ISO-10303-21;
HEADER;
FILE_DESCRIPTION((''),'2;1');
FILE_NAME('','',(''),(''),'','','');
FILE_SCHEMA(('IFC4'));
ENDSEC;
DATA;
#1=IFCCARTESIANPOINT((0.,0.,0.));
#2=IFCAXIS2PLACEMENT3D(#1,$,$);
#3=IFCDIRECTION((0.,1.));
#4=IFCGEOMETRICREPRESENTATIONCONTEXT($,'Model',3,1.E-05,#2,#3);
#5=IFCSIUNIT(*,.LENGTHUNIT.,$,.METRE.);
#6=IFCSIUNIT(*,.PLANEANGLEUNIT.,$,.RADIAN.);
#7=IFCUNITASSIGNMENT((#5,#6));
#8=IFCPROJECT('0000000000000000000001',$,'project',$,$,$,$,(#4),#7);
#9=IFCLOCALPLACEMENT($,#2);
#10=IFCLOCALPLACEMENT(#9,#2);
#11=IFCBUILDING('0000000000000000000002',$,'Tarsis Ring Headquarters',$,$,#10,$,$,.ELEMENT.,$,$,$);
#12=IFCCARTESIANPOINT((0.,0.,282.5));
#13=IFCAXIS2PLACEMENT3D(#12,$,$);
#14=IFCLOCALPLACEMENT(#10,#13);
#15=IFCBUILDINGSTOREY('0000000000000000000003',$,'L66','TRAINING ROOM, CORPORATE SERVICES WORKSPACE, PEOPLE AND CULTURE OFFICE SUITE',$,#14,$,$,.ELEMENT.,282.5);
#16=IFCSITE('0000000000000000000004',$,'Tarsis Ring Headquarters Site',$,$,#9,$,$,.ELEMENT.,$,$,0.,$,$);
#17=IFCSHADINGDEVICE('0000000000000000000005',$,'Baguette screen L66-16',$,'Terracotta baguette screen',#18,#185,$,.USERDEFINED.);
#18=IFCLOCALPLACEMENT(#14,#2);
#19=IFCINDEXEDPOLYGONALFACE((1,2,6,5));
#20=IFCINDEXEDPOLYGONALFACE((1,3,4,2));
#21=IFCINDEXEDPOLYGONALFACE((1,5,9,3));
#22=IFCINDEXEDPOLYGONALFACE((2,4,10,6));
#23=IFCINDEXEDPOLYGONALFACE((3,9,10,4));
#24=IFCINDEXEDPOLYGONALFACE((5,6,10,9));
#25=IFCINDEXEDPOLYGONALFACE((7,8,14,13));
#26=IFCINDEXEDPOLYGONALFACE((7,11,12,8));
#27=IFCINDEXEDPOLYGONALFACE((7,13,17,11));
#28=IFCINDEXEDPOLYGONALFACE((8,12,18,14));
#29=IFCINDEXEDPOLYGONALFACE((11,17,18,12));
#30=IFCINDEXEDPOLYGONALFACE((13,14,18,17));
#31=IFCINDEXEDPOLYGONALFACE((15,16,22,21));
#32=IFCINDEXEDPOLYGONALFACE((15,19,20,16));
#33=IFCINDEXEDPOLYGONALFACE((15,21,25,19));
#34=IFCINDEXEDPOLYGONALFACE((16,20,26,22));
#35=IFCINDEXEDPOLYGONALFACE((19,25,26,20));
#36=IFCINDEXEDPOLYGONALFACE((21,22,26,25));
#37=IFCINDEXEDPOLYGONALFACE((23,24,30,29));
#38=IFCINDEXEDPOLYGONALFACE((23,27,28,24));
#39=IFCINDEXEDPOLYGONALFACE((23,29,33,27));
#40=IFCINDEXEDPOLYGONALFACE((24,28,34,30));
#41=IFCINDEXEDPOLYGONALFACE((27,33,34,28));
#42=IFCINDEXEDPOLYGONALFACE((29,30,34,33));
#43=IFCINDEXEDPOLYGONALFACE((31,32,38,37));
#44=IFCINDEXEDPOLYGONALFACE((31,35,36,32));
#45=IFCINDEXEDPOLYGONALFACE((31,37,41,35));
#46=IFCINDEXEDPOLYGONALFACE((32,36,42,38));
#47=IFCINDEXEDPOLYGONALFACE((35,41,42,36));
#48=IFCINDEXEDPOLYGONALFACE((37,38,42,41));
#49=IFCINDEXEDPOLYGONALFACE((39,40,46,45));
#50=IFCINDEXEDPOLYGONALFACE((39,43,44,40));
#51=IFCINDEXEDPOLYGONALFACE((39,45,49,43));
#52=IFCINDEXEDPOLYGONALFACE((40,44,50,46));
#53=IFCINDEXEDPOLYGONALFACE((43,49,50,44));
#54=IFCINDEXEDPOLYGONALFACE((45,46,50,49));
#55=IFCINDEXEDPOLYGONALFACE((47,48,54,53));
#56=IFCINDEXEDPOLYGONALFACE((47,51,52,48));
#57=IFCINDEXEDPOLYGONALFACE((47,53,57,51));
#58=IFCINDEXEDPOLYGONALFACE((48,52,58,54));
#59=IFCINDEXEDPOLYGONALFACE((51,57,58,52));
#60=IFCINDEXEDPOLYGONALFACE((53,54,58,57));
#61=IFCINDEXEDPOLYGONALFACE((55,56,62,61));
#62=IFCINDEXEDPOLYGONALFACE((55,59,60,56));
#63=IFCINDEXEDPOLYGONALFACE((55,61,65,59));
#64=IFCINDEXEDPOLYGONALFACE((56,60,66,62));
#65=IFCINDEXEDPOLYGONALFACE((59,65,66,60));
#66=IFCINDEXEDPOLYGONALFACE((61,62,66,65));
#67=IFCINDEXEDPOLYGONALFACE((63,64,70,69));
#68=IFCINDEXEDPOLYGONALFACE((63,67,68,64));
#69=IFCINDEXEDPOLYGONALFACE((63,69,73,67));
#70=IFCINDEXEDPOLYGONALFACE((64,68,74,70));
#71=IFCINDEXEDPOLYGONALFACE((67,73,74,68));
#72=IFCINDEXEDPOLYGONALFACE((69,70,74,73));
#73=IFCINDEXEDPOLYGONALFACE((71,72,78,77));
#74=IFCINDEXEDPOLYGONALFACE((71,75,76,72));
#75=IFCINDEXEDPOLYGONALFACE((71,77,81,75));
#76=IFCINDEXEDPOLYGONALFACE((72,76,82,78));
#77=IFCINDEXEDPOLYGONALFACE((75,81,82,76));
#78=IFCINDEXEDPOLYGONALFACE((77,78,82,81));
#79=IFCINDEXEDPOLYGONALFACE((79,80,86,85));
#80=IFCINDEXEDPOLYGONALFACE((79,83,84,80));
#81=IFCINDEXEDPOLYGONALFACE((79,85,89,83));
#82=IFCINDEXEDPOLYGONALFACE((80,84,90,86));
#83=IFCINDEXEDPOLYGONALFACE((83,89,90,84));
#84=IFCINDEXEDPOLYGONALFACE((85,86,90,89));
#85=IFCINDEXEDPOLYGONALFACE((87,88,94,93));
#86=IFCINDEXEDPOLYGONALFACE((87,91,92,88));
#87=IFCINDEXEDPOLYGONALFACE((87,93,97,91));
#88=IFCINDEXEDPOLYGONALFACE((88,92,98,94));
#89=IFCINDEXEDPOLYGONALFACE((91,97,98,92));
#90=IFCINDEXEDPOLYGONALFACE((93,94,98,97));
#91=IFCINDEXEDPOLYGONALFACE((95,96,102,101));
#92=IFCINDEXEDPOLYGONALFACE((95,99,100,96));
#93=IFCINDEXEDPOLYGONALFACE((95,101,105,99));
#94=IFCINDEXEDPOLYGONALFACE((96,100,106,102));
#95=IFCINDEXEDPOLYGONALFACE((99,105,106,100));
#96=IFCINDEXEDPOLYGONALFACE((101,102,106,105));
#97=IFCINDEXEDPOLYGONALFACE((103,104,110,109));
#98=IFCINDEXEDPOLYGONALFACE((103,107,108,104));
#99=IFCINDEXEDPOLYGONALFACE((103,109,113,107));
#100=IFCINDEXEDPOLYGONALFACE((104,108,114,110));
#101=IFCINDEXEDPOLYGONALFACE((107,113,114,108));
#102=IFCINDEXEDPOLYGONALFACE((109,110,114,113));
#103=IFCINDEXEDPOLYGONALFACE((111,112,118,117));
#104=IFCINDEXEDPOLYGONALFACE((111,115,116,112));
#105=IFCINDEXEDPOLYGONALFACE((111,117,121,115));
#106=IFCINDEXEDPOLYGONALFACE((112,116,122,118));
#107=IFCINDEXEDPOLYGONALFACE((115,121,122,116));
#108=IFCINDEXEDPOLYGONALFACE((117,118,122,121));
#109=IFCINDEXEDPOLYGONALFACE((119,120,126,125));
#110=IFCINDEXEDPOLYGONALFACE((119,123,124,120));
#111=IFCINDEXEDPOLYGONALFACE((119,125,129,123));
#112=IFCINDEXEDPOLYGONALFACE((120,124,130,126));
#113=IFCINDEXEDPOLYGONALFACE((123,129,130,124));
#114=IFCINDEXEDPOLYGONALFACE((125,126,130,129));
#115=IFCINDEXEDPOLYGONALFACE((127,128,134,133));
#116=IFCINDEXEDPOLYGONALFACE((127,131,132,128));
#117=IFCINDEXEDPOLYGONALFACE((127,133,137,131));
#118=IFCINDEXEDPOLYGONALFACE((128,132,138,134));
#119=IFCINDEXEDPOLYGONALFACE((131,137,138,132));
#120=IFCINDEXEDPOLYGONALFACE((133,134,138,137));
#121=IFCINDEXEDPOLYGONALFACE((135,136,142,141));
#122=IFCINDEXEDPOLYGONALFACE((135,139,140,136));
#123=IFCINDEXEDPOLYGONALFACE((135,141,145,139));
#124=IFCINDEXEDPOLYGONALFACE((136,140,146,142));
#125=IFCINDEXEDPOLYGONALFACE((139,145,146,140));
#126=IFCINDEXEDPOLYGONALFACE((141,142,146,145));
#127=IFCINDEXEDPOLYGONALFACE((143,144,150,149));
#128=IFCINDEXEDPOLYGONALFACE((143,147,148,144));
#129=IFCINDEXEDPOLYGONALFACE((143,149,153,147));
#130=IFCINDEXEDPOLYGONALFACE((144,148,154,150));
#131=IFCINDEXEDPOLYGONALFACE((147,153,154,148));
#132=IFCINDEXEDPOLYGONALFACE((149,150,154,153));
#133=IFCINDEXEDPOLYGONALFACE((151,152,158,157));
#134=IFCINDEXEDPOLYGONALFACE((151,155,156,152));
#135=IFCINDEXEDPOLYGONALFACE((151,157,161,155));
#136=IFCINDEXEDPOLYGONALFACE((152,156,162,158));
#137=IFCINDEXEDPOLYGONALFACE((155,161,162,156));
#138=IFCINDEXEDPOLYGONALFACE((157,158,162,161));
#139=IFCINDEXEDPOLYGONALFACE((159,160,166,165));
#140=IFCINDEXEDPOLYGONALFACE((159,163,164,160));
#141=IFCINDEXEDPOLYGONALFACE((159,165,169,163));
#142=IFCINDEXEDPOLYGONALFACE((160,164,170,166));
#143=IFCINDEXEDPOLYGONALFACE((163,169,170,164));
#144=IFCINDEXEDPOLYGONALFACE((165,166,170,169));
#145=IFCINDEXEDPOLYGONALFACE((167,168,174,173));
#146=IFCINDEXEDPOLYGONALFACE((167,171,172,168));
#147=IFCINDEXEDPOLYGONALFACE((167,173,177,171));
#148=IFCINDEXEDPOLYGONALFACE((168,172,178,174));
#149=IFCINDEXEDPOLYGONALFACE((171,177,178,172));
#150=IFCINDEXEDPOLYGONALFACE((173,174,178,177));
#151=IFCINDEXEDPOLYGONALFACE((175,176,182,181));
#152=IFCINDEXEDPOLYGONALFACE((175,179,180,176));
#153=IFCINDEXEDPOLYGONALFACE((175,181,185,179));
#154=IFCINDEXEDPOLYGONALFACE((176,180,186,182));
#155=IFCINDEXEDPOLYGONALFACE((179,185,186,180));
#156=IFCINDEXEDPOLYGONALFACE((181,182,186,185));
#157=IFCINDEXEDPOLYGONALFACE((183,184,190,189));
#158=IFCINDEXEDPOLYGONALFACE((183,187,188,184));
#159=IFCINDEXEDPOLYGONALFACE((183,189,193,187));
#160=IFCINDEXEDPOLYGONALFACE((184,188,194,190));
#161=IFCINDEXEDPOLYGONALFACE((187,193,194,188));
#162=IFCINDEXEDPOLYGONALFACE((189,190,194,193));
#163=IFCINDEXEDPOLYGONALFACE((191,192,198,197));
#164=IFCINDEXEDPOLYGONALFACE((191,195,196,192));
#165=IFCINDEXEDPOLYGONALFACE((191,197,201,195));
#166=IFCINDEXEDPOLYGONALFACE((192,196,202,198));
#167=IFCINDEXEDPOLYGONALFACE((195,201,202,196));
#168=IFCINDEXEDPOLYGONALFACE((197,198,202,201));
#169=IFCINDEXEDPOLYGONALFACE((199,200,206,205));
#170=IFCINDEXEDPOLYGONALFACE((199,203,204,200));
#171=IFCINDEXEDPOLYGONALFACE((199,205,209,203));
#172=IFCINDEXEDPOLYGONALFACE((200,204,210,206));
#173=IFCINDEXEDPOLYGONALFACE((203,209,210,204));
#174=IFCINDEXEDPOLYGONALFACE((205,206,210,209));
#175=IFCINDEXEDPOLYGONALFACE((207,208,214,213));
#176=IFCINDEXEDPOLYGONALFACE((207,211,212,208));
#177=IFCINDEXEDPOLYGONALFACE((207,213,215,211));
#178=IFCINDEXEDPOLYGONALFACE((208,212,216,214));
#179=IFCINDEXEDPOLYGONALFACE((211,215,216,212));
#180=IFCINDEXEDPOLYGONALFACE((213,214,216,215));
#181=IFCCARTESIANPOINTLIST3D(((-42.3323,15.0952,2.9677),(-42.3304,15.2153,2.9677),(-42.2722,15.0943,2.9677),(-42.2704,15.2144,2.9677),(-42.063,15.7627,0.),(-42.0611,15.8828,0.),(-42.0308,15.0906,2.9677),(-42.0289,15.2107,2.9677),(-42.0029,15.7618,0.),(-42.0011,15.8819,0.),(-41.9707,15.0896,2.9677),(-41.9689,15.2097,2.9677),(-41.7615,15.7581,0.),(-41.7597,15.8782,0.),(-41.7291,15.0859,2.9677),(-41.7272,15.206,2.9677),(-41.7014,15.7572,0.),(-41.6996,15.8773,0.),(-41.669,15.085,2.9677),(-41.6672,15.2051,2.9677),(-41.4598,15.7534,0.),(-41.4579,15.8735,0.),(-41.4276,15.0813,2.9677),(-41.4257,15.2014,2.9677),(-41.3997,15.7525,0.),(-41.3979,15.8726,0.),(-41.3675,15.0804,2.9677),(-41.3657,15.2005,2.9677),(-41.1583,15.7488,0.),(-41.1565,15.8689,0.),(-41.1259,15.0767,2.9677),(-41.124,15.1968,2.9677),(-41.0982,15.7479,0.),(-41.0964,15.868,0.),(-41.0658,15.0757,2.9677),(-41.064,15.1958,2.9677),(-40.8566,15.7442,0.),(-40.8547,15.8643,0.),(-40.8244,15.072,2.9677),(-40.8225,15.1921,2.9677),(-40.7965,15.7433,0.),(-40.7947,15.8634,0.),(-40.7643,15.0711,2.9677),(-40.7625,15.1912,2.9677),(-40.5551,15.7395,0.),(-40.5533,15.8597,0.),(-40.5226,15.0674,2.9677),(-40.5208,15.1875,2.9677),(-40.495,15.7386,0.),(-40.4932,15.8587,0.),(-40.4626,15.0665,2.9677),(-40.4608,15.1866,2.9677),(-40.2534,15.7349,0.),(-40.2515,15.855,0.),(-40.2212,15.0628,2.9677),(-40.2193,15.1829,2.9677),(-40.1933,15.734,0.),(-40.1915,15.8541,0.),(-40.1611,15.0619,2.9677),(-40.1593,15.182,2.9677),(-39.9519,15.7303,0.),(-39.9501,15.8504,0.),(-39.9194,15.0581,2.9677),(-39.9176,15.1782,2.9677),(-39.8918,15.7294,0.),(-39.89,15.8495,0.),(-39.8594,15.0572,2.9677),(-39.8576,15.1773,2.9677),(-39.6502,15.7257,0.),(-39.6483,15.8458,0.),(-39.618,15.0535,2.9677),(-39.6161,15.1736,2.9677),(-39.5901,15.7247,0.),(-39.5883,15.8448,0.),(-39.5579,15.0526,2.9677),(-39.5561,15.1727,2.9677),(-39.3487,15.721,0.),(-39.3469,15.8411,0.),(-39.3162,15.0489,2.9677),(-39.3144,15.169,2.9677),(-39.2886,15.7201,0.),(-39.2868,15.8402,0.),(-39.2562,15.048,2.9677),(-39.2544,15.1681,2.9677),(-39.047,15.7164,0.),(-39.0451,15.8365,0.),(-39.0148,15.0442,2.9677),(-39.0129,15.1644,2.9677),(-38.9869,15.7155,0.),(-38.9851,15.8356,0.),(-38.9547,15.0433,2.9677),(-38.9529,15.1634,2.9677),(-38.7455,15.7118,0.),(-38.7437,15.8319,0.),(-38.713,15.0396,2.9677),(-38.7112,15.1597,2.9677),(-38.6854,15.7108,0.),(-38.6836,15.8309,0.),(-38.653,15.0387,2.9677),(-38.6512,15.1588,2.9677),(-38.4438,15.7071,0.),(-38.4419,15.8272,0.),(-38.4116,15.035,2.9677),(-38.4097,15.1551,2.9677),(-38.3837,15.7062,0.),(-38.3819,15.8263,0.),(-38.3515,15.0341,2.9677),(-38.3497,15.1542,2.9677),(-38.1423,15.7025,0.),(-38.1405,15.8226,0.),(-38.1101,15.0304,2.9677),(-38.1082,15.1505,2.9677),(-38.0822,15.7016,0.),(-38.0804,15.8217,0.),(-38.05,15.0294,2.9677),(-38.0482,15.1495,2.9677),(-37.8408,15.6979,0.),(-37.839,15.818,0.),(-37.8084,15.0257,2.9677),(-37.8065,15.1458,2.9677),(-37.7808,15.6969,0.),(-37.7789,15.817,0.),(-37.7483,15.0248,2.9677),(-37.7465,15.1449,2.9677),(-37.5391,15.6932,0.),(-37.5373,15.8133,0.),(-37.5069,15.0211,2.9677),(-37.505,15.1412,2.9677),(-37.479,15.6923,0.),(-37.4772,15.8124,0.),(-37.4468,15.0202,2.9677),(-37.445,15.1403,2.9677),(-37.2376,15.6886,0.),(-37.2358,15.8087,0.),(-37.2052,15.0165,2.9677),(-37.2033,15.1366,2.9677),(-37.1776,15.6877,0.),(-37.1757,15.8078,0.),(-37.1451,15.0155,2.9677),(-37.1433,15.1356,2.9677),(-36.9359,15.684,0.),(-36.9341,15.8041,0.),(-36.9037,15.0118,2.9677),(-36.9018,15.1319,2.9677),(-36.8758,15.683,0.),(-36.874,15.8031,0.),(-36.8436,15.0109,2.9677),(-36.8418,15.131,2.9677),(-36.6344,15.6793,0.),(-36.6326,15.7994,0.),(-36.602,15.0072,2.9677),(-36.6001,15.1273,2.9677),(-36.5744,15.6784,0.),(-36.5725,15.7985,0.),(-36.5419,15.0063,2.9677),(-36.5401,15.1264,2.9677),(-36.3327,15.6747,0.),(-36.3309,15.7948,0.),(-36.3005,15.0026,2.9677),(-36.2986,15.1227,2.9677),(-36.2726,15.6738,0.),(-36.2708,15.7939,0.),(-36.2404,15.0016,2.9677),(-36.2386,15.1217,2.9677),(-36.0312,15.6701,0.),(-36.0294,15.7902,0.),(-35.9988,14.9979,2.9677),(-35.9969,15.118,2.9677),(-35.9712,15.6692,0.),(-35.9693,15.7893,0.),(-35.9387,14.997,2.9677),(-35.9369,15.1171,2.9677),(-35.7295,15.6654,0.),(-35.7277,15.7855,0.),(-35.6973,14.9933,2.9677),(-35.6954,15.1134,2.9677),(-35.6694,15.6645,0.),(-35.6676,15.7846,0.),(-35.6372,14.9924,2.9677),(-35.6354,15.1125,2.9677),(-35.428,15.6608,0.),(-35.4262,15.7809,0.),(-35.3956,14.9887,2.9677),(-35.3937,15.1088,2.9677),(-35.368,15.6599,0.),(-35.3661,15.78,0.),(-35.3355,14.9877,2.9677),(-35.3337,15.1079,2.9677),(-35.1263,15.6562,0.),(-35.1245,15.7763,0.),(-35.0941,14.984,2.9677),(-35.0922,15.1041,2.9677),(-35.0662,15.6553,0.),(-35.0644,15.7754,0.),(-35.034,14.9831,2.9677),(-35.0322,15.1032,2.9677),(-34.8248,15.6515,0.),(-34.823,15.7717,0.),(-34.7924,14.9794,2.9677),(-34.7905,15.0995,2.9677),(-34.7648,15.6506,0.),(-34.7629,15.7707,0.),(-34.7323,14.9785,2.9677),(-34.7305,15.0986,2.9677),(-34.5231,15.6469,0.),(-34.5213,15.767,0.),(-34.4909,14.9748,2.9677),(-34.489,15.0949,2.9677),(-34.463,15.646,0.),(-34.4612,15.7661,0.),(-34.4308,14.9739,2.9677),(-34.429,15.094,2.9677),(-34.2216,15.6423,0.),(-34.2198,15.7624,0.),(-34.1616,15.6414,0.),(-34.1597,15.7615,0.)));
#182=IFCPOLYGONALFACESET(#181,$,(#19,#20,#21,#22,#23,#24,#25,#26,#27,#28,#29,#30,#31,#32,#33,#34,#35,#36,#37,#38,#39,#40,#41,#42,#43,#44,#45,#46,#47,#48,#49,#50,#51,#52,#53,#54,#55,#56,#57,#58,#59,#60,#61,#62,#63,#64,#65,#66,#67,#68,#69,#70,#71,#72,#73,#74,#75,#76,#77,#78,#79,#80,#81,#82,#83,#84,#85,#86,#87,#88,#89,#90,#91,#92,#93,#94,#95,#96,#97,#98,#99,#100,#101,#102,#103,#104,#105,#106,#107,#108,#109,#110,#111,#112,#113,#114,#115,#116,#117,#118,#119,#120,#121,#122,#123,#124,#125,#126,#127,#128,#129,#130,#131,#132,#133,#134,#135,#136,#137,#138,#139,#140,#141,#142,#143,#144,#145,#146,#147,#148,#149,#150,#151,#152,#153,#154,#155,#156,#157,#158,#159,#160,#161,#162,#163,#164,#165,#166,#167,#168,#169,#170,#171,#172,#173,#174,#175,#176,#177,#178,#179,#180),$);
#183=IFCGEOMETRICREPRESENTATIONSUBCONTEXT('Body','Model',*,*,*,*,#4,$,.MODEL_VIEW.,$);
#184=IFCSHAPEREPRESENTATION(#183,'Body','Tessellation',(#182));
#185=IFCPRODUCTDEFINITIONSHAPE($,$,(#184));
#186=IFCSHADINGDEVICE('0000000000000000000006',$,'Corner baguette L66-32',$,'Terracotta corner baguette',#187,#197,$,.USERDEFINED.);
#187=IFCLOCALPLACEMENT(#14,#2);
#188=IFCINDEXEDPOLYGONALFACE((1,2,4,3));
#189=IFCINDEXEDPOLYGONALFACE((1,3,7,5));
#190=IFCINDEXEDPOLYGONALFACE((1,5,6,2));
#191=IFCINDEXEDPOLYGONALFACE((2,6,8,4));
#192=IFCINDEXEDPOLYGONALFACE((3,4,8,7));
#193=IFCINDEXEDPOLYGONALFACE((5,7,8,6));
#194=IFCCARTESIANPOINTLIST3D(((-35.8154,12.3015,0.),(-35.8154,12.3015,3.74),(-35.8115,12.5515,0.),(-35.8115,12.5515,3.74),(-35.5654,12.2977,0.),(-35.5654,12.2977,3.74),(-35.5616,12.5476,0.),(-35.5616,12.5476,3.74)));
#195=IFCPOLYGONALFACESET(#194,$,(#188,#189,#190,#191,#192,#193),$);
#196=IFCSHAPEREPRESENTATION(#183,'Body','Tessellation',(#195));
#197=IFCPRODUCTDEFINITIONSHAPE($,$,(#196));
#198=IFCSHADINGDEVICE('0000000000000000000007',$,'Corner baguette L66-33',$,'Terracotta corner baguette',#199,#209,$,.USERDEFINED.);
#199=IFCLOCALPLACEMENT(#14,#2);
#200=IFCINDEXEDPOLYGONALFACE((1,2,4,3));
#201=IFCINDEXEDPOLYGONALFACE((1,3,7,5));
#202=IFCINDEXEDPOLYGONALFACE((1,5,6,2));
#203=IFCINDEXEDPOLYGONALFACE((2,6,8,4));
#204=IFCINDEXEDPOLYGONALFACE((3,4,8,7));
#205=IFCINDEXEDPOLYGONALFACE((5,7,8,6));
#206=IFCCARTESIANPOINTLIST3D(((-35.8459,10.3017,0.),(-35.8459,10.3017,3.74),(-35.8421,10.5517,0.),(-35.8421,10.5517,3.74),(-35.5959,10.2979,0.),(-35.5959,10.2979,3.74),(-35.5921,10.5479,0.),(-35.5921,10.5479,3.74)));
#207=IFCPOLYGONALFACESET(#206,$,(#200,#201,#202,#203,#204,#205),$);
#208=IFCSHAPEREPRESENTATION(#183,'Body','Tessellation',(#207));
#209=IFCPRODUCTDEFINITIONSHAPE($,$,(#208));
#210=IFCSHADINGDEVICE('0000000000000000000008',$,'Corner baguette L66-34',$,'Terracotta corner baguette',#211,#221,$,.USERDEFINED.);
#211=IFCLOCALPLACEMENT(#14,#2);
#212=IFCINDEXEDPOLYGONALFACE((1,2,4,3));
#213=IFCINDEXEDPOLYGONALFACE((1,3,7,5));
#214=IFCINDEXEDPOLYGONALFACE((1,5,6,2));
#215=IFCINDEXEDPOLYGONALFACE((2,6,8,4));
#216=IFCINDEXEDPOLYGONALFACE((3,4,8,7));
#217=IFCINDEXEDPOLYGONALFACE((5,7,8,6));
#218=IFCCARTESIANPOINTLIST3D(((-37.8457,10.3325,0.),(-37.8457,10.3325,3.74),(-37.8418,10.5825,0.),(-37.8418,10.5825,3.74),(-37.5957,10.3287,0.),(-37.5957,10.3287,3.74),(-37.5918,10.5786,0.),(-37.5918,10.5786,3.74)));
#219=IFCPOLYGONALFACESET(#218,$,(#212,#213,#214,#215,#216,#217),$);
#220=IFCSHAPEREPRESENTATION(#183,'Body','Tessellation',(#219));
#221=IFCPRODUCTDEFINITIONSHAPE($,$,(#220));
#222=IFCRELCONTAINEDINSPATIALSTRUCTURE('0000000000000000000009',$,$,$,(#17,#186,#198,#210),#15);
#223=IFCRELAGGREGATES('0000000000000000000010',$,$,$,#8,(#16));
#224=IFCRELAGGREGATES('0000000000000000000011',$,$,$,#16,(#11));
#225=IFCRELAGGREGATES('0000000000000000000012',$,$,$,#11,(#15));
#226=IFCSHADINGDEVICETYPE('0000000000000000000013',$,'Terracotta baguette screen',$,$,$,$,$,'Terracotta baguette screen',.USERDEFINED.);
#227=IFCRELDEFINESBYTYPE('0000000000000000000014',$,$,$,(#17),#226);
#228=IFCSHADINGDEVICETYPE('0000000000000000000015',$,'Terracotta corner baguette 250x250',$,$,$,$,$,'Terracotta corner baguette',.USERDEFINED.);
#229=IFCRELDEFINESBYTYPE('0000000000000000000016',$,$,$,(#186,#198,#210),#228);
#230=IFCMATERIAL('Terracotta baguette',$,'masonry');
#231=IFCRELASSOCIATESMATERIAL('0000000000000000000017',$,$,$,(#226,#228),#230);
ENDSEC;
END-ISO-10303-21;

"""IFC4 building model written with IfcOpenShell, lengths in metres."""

from ifc_helpers import new_model, si_unit, direction, frame, frame_2d, origin, origin_2d, place, context, subcontext, project, spatial, rectangle, composite_profile, extrude, material, type_object, element, save


model = new_model("IFC4")

# Units and contexts
model_context = context("Model", 3, precision=1e-05, world=origin(), true_north=direction((0.0, 1.0)))
body_context = subcontext(model_context, "Body", "Model", "MODEL_VIEW")
ifc_project = project(units=[si_unit("LENGTHUNIT", "METRE"), si_unit("PLANEANGLEUNIT", "RADIAN")], contexts=[model_context])

# Site, building, storey
site_placement = place(None, origin())
site = spatial("IfcSite", under=ifc_project, at=site_placement, Name="Tarsis Ring Headquarters Site", CompositionType="ELEMENT", RefElevation=0.0)
building_placement = place(site_placement, origin())
building = spatial("IfcBuilding", under=site, at=building_placement, Name="Tarsis Ring Headquarters", CompositionType="ELEMENT")
storey_placement = place(building_placement, frame((0.0, 0.0, 282.5)))
storey = spatial("IfcBuildingStorey", under=building, at=storey_placement, Name="L66", Description="TRAINING ROOM, CORPORATE SERVICES WORKSPACE, PEOPLE AND CULTURE OFFICE SUITE", CompositionType="ELEMENT", Elevation=282.5)

# Shading devices
ifc_material_1 = material(Name="Terracotta baguette", Category="masonry")
shading_device_type_1 = type_object("IfcShadingDeviceType", Name="Terracotta baguette screen", ElementType="Terracotta baguette screen", PredefinedType="USERDEFINED", material=ifc_material_1)
shading_device_1_placement = place(storey_placement, frame((-34.1606, 15.7014, 0.0), z_axis=(0.0, 0.0, 1.0), x_axis=(-0.999876, 0.015355, 0.0)))
element("IfcShadingDevice", 1, at=shading_device_1_placement, inside=storey, type_object=shading_device_type_1, Name="Baguette screen L66-16", ObjectType="Terracotta baguette screen", PredefinedType="USERDEFINED", context=body_context, shape_type="SweptSolid", body=[
    extrude(composite_profile([rectangle(XDim=0.0601, YDim=0.1201, at=frame_2d((0.03, 0.0))), rectangle(XDim=0.0601, YDim=0.1201, at=frame_2d((0.3315, 0.0))), rectangle(XDim=0.0601, YDim=0.1201, at=frame_2d((0.6333, 0.0))), rectangle(XDim=0.0601, YDim=0.1201, at=frame_2d((0.9348, 0.0))), rectangle(XDim=0.0601, YDim=0.1201, at=frame_2d((1.2366, 0.0))), rectangle(XDim=0.0601, YDim=0.1201, at=frame_2d((1.5381, 0.0))), rectangle(XDim=0.0601, YDim=0.1201, at=frame_2d((1.8398, 0.0))), rectangle(XDim=0.0601, YDim=0.1201, at=frame_2d((2.1414, 0.0))), rectangle(XDim=0.0601, YDim=0.1201, at=frame_2d((2.4431, 0.0))), rectangle(XDim=0.0601, YDim=0.1201, at=frame_2d((2.7446, 0.0))), rectangle(XDim=0.0601, YDim=0.1201, at=frame_2d((3.0464, 0.0))), rectangle(XDim=0.0601, YDim=0.1201, at=frame_2d((3.3479, 0.0))), rectangle(XDim=0.0601, YDim=0.1201, at=frame_2d((3.6497, 0.0))), rectangle(XDim=0.0601, YDim=0.1201, at=frame_2d((3.9512, 0.0))), rectangle(XDim=0.0601, YDim=0.1201, at=frame_2d((4.2527, 0.0))), rectangle(XDim=0.0601, YDim=0.1201, at=frame_2d((4.5544, 0.0))), rectangle(XDim=0.0601, YDim=0.1201, at=frame_2d((4.856, 0.0))), rectangle(XDim=0.0601, YDim=0.1201, at=frame_2d((5.1577, 0.0))), rectangle(XDim=0.0601, YDim=0.1201, at=frame_2d((5.4592, 0.0))), rectangle(XDim=0.0601, YDim=0.1201, at=frame_2d((5.761, 0.0))), rectangle(XDim=0.0601, YDim=0.1201, at=frame_2d((6.0625, 0.0))), rectangle(XDim=0.0601, YDim=0.1201, at=frame_2d((6.3643, 0.0))), rectangle(XDim=0.0601, YDim=0.1201, at=frame_2d((6.6658, 0.0))), rectangle(XDim=0.0601, YDim=0.1201, at=frame_2d((6.9675, 0.0))), rectangle(XDim=0.0601, YDim=0.1201, at=frame_2d((7.269, 0.0))), rectangle(XDim=0.0601, YDim=0.1201, at=frame_2d((7.5708, 0.0))), rectangle(XDim=0.0601, YDim=0.1201, at=frame_2d((7.8723, 0.0)))]), origin(), (0.084812, 0.219917, 0.971825), 3.0537),
])
shading_device_type_2 = type_object("IfcShadingDeviceType", Name="Terracotta corner baguette 250x250", ElementType="Terracotta corner baguette", PredefinedType="USERDEFINED", material=ifc_material_1)
for number, where, z_axis, x_axis, name in (
    (2, (-35.6885, 12.4246, 0.0), (0.0, 0.0, 1.0), (-0.999882, 0.015358, 0.0), "Corner baguette L66-32"),
    (3, (-35.719, 10.4248, 0.0), (0.0, 0.0, 1.0), (-0.015358, -0.999882, 0.0), "Corner baguette L66-33"),
    (4, (-37.7188, 10.4556, 0.0), (0.0, 0.0, 1.0), (-0.999882, 0.015358, 0.0), "Corner baguette L66-34"),
):
    element("IfcShadingDevice", number, at=place(storey_placement, frame(where, z_axis=z_axis, x_axis=x_axis)), inside=storey, type_object=shading_device_type_2, Name=name, ObjectType="Terracotta corner baguette", PredefinedType="USERDEFINED", context=body_context, shape_type="SweptSolid", body=[
        extrude(rectangle(XDim=0.25, YDim=0.25, at=origin_2d()), origin(), (0.0, 0.0, 1.0), 3.74),
    ])

save(model, "model.ifc")
